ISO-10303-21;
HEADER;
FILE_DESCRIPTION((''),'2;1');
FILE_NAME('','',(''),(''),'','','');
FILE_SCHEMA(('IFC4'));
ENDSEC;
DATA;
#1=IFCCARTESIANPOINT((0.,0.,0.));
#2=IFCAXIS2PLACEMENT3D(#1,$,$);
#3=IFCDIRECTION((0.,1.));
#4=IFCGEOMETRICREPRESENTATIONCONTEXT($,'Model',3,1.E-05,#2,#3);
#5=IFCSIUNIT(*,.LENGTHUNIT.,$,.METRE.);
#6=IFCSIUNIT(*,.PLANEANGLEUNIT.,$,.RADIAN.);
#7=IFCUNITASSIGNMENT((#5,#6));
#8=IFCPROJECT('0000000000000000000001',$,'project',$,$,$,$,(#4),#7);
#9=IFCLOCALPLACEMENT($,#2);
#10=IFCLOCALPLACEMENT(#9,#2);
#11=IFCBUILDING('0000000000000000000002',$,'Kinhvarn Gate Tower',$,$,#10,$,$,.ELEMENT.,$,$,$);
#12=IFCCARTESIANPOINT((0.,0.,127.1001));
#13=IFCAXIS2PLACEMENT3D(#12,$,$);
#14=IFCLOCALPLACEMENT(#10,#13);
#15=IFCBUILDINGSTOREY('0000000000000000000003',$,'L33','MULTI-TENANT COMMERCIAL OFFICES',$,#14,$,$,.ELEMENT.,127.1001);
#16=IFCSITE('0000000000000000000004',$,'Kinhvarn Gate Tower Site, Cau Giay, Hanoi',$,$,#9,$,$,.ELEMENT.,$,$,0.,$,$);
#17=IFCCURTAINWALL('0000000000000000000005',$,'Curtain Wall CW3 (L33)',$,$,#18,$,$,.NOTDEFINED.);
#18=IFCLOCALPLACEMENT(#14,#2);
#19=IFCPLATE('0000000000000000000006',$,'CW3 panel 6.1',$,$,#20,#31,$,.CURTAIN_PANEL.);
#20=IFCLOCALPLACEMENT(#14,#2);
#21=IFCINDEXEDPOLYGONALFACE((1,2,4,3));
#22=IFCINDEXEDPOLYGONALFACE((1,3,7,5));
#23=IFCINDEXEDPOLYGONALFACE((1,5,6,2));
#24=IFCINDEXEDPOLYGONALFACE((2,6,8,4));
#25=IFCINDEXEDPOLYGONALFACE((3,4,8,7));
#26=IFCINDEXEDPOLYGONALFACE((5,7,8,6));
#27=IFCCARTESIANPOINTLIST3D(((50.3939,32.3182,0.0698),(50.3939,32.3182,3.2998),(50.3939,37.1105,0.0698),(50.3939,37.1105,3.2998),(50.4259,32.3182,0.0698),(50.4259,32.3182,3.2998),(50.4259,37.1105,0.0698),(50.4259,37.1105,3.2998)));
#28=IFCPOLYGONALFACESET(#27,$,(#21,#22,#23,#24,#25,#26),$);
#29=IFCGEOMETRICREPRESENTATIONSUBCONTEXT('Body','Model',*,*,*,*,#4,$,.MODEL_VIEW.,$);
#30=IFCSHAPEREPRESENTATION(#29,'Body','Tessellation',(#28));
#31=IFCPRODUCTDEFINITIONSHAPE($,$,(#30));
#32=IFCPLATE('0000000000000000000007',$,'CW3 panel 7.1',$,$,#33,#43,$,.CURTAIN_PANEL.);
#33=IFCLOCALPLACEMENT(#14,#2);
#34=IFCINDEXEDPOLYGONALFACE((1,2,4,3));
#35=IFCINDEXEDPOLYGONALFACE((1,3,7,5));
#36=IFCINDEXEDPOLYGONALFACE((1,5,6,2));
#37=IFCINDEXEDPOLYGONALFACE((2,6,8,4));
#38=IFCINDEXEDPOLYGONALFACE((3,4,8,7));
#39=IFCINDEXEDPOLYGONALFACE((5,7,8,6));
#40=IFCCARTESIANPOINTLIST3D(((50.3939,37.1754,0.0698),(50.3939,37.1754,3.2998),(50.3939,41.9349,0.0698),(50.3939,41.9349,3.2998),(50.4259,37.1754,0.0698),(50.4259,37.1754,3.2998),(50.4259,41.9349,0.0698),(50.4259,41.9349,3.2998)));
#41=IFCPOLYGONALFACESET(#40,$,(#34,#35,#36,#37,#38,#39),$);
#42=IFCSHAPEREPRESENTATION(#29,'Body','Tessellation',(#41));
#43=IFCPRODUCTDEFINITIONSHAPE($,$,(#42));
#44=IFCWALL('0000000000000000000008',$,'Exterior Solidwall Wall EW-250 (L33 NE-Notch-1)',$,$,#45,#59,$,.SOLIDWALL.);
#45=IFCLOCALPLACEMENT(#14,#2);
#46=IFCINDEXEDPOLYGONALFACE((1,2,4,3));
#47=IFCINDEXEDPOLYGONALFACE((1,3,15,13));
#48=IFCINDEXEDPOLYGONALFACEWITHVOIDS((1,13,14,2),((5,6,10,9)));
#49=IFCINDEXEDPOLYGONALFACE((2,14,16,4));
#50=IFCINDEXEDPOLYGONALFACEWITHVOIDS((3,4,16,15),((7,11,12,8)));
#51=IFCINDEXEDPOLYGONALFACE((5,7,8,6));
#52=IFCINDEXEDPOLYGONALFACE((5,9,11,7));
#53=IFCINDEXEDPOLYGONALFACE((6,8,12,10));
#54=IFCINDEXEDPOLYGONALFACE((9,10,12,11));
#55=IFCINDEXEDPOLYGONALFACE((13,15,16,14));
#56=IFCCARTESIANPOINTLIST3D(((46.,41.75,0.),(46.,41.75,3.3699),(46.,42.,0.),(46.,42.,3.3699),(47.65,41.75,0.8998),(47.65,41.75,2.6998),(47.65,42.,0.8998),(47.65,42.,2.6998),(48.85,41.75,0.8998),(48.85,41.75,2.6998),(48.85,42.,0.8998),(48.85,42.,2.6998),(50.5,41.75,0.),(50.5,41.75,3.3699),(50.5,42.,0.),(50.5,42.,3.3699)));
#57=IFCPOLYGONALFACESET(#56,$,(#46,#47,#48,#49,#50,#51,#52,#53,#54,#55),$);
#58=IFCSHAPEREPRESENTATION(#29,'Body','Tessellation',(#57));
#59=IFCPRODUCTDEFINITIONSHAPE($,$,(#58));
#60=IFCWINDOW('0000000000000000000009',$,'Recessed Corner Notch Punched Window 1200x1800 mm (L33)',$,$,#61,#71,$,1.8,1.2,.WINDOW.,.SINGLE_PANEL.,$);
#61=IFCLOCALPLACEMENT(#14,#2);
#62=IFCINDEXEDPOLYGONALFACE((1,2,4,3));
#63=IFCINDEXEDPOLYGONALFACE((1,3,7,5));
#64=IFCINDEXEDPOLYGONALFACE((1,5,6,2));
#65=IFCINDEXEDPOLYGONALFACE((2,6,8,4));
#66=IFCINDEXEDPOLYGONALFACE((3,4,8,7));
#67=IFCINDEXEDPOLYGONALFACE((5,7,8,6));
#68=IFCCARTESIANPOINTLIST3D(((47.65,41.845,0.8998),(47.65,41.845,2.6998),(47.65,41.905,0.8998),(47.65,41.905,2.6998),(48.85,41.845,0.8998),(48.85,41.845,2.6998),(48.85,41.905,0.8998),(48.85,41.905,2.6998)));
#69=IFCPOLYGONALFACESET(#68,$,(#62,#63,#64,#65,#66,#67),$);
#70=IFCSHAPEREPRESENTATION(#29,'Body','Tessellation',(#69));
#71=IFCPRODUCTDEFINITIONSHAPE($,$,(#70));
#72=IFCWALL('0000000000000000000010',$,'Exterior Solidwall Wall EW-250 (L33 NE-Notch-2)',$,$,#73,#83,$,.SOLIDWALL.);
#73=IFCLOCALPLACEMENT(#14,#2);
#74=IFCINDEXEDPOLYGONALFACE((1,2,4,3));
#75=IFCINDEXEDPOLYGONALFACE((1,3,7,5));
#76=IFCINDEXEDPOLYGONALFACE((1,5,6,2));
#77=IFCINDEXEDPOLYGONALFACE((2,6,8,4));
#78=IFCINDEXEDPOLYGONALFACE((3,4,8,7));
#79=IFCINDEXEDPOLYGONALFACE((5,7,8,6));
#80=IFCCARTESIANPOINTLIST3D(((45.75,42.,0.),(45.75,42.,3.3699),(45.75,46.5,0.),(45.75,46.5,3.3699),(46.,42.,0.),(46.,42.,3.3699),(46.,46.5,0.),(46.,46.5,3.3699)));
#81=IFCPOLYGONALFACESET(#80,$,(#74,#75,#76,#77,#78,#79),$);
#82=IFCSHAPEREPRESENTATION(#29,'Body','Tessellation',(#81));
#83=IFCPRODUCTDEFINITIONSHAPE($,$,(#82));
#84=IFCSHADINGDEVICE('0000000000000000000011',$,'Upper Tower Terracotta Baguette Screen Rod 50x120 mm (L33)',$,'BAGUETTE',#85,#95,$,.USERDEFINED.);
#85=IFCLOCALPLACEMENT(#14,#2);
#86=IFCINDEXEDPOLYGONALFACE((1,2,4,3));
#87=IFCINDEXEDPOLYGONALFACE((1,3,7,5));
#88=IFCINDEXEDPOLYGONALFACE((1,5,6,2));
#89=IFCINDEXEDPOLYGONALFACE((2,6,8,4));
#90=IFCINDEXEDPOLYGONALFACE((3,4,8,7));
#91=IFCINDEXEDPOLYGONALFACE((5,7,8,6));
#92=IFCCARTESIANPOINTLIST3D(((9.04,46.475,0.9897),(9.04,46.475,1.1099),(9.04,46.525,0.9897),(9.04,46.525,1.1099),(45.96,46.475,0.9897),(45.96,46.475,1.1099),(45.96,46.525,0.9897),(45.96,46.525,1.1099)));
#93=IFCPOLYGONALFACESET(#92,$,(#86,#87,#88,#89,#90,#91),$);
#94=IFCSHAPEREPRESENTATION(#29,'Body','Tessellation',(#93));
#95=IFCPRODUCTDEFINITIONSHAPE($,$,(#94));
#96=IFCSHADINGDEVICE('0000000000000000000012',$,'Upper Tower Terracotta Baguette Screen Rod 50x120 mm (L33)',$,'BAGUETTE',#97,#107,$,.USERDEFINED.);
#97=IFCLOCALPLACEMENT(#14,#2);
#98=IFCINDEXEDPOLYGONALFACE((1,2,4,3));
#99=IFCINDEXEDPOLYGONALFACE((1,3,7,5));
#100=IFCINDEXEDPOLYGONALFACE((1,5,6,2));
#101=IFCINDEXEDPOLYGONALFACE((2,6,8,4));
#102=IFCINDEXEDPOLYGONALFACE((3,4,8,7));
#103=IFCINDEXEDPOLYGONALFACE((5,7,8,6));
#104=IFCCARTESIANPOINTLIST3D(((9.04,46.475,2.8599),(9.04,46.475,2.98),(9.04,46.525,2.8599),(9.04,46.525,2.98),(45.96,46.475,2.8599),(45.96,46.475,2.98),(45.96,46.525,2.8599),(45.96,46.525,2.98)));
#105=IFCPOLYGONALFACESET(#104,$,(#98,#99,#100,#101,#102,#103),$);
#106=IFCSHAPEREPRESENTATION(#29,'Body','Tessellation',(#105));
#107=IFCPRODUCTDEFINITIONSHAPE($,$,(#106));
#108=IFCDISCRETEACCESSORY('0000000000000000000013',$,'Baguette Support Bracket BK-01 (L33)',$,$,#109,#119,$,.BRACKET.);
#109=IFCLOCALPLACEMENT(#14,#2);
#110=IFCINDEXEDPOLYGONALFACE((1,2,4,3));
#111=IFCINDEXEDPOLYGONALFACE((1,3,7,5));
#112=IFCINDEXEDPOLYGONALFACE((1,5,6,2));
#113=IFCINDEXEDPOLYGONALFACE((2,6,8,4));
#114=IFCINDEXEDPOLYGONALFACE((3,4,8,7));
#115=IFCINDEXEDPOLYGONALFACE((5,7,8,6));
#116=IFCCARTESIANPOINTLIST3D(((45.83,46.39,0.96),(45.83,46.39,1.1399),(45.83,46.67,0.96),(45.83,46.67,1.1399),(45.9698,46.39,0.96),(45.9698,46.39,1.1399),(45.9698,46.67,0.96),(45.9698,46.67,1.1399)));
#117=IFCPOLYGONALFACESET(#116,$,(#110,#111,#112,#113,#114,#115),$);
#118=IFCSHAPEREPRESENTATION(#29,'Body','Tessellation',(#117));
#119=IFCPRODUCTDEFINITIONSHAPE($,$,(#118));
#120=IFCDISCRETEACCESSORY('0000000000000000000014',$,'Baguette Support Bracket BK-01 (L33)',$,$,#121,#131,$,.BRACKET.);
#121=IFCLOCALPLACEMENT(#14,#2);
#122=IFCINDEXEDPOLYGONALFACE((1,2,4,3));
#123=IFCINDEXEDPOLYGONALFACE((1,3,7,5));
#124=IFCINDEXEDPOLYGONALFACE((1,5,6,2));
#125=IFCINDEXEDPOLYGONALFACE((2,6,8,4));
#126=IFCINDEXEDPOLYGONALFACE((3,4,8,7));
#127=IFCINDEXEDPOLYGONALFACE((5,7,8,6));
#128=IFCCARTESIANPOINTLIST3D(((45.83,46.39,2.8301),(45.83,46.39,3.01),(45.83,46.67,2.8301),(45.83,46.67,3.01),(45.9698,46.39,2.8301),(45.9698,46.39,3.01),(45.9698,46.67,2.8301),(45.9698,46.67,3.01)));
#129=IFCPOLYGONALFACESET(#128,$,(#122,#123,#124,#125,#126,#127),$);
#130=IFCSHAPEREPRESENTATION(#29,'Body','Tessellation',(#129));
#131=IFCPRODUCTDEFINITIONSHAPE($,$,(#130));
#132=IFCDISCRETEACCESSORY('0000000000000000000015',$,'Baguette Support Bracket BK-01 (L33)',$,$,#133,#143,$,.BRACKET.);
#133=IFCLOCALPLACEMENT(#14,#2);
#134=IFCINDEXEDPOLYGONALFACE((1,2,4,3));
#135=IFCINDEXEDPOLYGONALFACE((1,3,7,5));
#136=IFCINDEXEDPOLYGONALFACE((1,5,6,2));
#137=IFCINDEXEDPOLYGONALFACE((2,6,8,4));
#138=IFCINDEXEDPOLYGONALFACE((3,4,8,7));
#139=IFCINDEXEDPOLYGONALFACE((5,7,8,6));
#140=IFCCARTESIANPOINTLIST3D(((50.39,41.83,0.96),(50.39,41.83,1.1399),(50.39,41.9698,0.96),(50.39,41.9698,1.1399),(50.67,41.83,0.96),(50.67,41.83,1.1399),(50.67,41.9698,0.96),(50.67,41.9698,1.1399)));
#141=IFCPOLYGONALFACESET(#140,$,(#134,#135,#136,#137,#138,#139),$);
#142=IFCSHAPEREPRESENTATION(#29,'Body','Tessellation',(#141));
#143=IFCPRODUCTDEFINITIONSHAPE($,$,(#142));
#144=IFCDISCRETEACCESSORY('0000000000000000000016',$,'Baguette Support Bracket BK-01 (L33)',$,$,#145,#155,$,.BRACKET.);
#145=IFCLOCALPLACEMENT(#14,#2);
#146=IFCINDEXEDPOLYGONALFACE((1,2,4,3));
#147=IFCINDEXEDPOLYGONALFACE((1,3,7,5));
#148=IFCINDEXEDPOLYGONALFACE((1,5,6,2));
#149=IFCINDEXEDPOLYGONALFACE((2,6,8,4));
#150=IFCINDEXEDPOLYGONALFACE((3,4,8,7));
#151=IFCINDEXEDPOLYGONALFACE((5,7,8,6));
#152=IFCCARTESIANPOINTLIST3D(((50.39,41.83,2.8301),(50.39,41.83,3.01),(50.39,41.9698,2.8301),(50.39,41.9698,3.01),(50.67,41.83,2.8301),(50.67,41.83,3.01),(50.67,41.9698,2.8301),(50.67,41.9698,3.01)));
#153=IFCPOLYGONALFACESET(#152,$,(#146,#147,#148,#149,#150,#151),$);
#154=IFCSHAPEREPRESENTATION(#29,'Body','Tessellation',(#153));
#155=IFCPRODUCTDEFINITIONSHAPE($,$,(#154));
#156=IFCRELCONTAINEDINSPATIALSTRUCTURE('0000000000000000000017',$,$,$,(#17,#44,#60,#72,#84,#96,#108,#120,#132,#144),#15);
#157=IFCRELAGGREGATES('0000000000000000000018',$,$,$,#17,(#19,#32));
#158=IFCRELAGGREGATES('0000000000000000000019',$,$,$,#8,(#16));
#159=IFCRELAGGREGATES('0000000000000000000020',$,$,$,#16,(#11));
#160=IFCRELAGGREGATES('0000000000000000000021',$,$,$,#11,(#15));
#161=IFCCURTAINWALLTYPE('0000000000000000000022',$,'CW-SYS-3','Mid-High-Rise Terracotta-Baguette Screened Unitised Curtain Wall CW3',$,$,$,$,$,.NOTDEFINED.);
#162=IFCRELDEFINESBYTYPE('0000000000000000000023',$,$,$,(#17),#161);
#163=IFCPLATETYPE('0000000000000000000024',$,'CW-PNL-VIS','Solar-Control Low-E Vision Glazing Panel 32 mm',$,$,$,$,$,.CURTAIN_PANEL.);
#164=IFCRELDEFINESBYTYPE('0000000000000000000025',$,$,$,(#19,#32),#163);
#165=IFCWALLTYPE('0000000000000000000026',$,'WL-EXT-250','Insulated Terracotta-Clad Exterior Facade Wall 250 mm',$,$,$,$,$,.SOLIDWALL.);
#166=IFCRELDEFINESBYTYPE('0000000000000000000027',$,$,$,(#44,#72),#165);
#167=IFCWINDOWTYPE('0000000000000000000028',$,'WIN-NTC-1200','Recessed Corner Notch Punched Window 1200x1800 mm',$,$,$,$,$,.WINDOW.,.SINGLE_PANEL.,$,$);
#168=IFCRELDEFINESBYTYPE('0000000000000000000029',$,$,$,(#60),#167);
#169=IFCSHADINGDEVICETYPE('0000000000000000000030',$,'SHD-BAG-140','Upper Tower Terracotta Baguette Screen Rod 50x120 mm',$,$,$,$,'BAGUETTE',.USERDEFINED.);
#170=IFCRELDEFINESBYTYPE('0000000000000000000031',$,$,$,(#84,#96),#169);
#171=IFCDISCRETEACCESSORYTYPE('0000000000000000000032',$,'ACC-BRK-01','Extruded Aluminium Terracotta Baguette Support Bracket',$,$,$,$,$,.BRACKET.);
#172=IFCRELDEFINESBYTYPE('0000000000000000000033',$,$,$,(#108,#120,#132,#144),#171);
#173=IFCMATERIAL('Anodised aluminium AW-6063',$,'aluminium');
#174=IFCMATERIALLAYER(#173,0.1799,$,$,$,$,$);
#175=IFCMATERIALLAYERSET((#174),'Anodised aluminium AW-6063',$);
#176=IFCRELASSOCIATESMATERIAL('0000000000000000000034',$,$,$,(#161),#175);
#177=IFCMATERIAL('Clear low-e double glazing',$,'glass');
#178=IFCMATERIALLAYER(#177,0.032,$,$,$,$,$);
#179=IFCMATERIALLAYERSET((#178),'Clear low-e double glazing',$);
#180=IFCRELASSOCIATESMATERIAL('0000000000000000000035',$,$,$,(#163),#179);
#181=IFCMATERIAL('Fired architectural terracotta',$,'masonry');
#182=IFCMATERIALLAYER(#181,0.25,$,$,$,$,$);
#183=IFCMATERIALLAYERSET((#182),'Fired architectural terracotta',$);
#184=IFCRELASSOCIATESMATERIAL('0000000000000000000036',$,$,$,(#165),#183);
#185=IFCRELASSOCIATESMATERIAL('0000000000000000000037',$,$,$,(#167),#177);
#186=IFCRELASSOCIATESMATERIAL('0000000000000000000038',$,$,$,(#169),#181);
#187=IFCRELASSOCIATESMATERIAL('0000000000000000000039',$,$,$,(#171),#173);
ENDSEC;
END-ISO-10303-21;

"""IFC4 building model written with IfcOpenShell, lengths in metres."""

from ifc_helpers import new_model, si_unit, direction, frame, frame_2d, origin, origin_2d, place, context, subcontext, project, spatial, rectangle, extrude, material, layer, layer_set, material_profile, profile_set, type_object, element, fill, aggregate, save


model = new_model("IFC4")

# Units and contexts
model_context = context("Model", 3, precision=1e-05, world=origin(), true_north=direction((0.0, 1.0)))
body_context = subcontext(model_context, "Body", "Model", "MODEL_VIEW")
ifc_project = project(units=[si_unit("LENGTHUNIT", "METRE"), si_unit("PLANEANGLEUNIT", "RADIAN")], contexts=[model_context])

# Site, building, storey
site_placement = place(None, origin())
site = spatial("IfcSite", under=ifc_project, at=site_placement, Name="Kinhvarn Gate Tower Site, Cau Giay, Hanoi", CompositionType="ELEMENT", RefElevation=0.0)
building_placement = place(site_placement, origin())
building = spatial("IfcBuilding", under=site, at=building_placement, Name="Kinhvarn Gate Tower", CompositionType="ELEMENT")
storey_placement = place(building_placement, frame((0.0, 0.0, 127.1001)))
storey = spatial("IfcBuildingStorey", under=building, at=storey_placement, Name="L33", Description="MULTI-TENANT COMMERCIAL OFFICES", CompositionType="ELEMENT", Elevation=127.1001)

# Curtain wall
ifc_material_1 = material(Name="Anodised aluminium AW-6063", Category="aluminium")
ifc_layer_1 = layer(ifc_material_1, 0.1799)
ifc_layer_set_1 = layer_set([ifc_layer_1], Name="Anodised aluminium AW-6063")
curtain_wall_type = type_object("IfcCurtainWallType", Name="CW-SYS-3", Description="Mid-High-Rise Terracotta-Baguette Screened Unitised Curtain Wall CW3", PredefinedType="NOTDEFINED", material=ifc_layer_set_1)
curtain_wall_1_placement = place(storey_placement, origin())
curtain_wall_1 = element("IfcCurtainWall", 1, at=curtain_wall_1_placement, inside=storey, type_object=curtain_wall_type, Name="Curtain Wall CW3 (L33)", PredefinedType="NOTDEFINED")

# Plates
ifc_material_2 = material(Name="Clear low-e double glazing", Category="glass")
ifc_layer_2 = layer(ifc_material_2, 0.032)
ifc_layer_set_2 = layer_set([ifc_layer_2], Name="Clear low-e double glazing")
plate_type = type_object("IfcPlateType", Name="CW-PNL-VIS", Description="Solar-Control Low-E Vision Glazing Panel 32 mm", PredefinedType="CURTAIN_PANEL", material=ifc_layer_set_2)
plate_1_placement = place(storey_placement, frame((50.4099, 34.7144, 0.0698), z_axis=(0.0, 0.0, 1.0), x_axis=(0.0, 1.0, 0.0)))
plate_1 = element("IfcPlate", 2, at=plate_1_placement, type_object=plate_type, Name="CW3 panel 6.1", PredefinedType="CURTAIN_PANEL", context=body_context, shape_type="SweptSolid", body=[
    extrude(rectangle(XDim=4.7922, YDim=0.032, at=origin_2d()), origin(), (0.0, 0.0, 1.0), 3.23),
])
plate_2_placement = place(storey_placement, frame((50.4099, 39.5552, 0.0698), z_axis=(0.0, 0.0, 1.0), x_axis=(0.0, 1.0, 0.0)))
plate_2 = element("IfcPlate", 3, at=plate_2_placement, type_object=plate_type, Name="CW3 panel 7.1", PredefinedType="CURTAIN_PANEL", context=body_context, shape_type="SweptSolid", body=[
    extrude(rectangle(XDim=4.7595, YDim=0.032, at=origin_2d()), origin(), (0.0, 0.0, 1.0), 3.23),
])
aggregate(curtain_wall_1, [plate_1, plate_2])

# Wall, opening, window
ifc_material_3 = material(Name="Fired architectural terracotta", Category="masonry")
ifc_layer_3 = layer(ifc_material_3, 0.25)
ifc_layer_set_3 = layer_set([ifc_layer_3], Name="Fired architectural terracotta")
wall_type = type_object("IfcWallType", Name="WL-EXT-250", Description="Insulated Terracotta-Clad Exterior Facade Wall 250 mm", PredefinedType="SOLIDWALL", material=ifc_layer_set_3)
wall_1_placement = place(storey_placement, frame((50.5, 41.875, 0.0), z_axis=(0.0, 0.0, 1.0), x_axis=(-1.0, 0.0, 0.0)))
wall_1 = element("IfcWall", 4, at=wall_1_placement, inside=storey, type_object=wall_type, Name="Exterior Solidwall Wall EW-250 (L33 NE-Notch-1)", PredefinedType="SOLIDWALL", context=body_context, shape_type="SweptSolid", body=[
    extrude(rectangle(XDim=4.5, YDim=0.25, at=frame_2d((2.25, 0.0))), origin(), (0.0, 0.0, 1.0), 3.3699),
])
opening_placement = place(wall_1_placement, frame((1.6499, 0.0, 0.8999)))
opening = element("IfcOpeningElement", 5, at=opening_placement, cuts=wall_1, PredefinedType="OPENING", context=body_context, shape_type="SweptSolid", body=[
    extrude(rectangle(XDim=1.2, YDim=1.8, at=frame_2d((0.6001, 0.8999))), frame((0.0, 0.135, 0.0), z_axis=(0.0, -1.0, 0.0), x_axis=(1.0, 0.0, 0.0)), (0.0, 0.0, 1.0), 0.27),
])
window_type = type_object("IfcWindowType", Name="WIN-NTC-1200", Description="Recessed Corner Notch Punched Window 1200x1800 mm", PartitioningType="SINGLE_PANEL", PredefinedType="WINDOW", material=ifc_material_2)
window_placement = place(opening_placement, origin())
window = element("IfcWindow", 6, at=window_placement, inside=storey, type_object=window_type, Name="Recessed Corner Notch Punched Window 1200x1800 mm (L33)", OverallHeight=1.8, OverallWidth=1.2, PartitioningType="SINGLE_PANEL", PredefinedType="WINDOW", context=body_context, shape_type="SweptSolid", body=[
    extrude(rectangle(XDim=1.2, YDim=1.8, at=frame_2d((0.6001, 0.8999))), frame((0.0, 0.03, 0.0), z_axis=(0.0, -1.0, 0.0), x_axis=(1.0, 0.0, 0.0)), (0.0, 0.0, 1.0), 0.0601),
])
fill(opening, window)

# Wall
wall_2_placement = place(storey_placement, frame((45.875, 42.0, 0.0), z_axis=(0.0, 0.0, 1.0), x_axis=(0.0, 1.0, 0.0)))
element("IfcWall", 7, at=wall_2_placement, inside=storey, type_object=wall_type, Name="Exterior Solidwall Wall EW-250 (L33 NE-Notch-2)", PredefinedType="SOLIDWALL", context=body_context, shape_type="SweptSolid", body=[
    extrude(rectangle(XDim=4.5, YDim=0.25, at=frame_2d((2.25, 0.0))), origin(), (0.0, 0.0, 1.0), 3.3699),
])

# Shading devices
ifc_material_profile_1 = material_profile(ifc_material_3, rectangle(XDim=0.05, YDim=0.1201, at=origin_2d()), Name="TC 50x120")
ifc_profile_set_1 = profile_set([ifc_material_profile_1], Name="Fired architectural terracotta")
shading_device_type = type_object("IfcShadingDeviceType", Name="SHD-BAG-140", Description="Upper Tower Terracotta Baguette Screen Rod 50x120 mm", ElementType="BAGUETTE", PredefinedType="USERDEFINED", material=ifc_profile_set_1)
for number, where, z_axis, x_axis, name in (
    (8, (45.96, 46.5, 1.0498), (-1.0, 0.0, 0.0), (0.0, -1.0, 0.0), "Upper Tower Terracotta Baguette Screen Rod 50x120 mm (L33)"),
    (9, (45.96, 46.5, 2.9199), (-1.0, 0.0, 0.0), (0.0, -1.0, 0.0), "Upper Tower Terracotta Baguette Screen Rod 50x120 mm (L33)"),
):
    element("IfcShadingDevice", number, at=place(storey_placement, frame(where, z_axis=z_axis, x_axis=x_axis)), inside=storey, type_object=shading_device_type, Name=name, ObjectType="BAGUETTE", PredefinedType="USERDEFINED", context=body_context, shape_type="SweptSolid", body=[
        extrude(rectangle(XDim=0.05, YDim=0.1201, at=origin_2d()), origin(), (0.0, 0.0, 1.0), 36.9199),
    ])

# Discrete accessories
discrete_accessory_type = type_object("IfcDiscreteAccessoryType", Name="ACC-BRK-01", Description="Extruded Aluminium Terracotta Baguette Support Bracket", PredefinedType="BRACKET", material=ifc_material_1)
for number, where, z_axis, x_axis, name in (
    (10, (45.8999, 46.53, 0.96), (0.0, 0.0, 1.0), (-1.0, 0.0, 0.0), "Baguette Support Bracket BK-01 (L33)"),
    (11, (45.8999, 46.53, 2.8301), (0.0, 0.0, 1.0), (-1.0, 0.0, 0.0), "Baguette Support Bracket BK-01 (L33)"),
    (12, (50.53, 41.8999, 0.96), (0.0, 0.0, 1.0), (0.0, 1.0, 0.0), "Baguette Support Bracket BK-01 (L33)"),
    (13, (50.53, 41.8999, 2.8301), (0.0, 0.0, 1.0), (0.0, 1.0, 0.0), "Baguette Support Bracket BK-01 (L33)"),
):
    element("IfcDiscreteAccessory", number, at=place(storey_placement, frame(where, z_axis=z_axis, x_axis=x_axis)), inside=storey, type_object=discrete_accessory_type, Name=name, PredefinedType="BRACKET", context=body_context, shape_type="SweptSolid", body=[
        extrude(rectangle(XDim=0.1399, YDim=0.28, at=origin_2d()), origin(), (0.0, 0.0, 1.0), 0.1799),
    ])

save(model, "model.ifc")
